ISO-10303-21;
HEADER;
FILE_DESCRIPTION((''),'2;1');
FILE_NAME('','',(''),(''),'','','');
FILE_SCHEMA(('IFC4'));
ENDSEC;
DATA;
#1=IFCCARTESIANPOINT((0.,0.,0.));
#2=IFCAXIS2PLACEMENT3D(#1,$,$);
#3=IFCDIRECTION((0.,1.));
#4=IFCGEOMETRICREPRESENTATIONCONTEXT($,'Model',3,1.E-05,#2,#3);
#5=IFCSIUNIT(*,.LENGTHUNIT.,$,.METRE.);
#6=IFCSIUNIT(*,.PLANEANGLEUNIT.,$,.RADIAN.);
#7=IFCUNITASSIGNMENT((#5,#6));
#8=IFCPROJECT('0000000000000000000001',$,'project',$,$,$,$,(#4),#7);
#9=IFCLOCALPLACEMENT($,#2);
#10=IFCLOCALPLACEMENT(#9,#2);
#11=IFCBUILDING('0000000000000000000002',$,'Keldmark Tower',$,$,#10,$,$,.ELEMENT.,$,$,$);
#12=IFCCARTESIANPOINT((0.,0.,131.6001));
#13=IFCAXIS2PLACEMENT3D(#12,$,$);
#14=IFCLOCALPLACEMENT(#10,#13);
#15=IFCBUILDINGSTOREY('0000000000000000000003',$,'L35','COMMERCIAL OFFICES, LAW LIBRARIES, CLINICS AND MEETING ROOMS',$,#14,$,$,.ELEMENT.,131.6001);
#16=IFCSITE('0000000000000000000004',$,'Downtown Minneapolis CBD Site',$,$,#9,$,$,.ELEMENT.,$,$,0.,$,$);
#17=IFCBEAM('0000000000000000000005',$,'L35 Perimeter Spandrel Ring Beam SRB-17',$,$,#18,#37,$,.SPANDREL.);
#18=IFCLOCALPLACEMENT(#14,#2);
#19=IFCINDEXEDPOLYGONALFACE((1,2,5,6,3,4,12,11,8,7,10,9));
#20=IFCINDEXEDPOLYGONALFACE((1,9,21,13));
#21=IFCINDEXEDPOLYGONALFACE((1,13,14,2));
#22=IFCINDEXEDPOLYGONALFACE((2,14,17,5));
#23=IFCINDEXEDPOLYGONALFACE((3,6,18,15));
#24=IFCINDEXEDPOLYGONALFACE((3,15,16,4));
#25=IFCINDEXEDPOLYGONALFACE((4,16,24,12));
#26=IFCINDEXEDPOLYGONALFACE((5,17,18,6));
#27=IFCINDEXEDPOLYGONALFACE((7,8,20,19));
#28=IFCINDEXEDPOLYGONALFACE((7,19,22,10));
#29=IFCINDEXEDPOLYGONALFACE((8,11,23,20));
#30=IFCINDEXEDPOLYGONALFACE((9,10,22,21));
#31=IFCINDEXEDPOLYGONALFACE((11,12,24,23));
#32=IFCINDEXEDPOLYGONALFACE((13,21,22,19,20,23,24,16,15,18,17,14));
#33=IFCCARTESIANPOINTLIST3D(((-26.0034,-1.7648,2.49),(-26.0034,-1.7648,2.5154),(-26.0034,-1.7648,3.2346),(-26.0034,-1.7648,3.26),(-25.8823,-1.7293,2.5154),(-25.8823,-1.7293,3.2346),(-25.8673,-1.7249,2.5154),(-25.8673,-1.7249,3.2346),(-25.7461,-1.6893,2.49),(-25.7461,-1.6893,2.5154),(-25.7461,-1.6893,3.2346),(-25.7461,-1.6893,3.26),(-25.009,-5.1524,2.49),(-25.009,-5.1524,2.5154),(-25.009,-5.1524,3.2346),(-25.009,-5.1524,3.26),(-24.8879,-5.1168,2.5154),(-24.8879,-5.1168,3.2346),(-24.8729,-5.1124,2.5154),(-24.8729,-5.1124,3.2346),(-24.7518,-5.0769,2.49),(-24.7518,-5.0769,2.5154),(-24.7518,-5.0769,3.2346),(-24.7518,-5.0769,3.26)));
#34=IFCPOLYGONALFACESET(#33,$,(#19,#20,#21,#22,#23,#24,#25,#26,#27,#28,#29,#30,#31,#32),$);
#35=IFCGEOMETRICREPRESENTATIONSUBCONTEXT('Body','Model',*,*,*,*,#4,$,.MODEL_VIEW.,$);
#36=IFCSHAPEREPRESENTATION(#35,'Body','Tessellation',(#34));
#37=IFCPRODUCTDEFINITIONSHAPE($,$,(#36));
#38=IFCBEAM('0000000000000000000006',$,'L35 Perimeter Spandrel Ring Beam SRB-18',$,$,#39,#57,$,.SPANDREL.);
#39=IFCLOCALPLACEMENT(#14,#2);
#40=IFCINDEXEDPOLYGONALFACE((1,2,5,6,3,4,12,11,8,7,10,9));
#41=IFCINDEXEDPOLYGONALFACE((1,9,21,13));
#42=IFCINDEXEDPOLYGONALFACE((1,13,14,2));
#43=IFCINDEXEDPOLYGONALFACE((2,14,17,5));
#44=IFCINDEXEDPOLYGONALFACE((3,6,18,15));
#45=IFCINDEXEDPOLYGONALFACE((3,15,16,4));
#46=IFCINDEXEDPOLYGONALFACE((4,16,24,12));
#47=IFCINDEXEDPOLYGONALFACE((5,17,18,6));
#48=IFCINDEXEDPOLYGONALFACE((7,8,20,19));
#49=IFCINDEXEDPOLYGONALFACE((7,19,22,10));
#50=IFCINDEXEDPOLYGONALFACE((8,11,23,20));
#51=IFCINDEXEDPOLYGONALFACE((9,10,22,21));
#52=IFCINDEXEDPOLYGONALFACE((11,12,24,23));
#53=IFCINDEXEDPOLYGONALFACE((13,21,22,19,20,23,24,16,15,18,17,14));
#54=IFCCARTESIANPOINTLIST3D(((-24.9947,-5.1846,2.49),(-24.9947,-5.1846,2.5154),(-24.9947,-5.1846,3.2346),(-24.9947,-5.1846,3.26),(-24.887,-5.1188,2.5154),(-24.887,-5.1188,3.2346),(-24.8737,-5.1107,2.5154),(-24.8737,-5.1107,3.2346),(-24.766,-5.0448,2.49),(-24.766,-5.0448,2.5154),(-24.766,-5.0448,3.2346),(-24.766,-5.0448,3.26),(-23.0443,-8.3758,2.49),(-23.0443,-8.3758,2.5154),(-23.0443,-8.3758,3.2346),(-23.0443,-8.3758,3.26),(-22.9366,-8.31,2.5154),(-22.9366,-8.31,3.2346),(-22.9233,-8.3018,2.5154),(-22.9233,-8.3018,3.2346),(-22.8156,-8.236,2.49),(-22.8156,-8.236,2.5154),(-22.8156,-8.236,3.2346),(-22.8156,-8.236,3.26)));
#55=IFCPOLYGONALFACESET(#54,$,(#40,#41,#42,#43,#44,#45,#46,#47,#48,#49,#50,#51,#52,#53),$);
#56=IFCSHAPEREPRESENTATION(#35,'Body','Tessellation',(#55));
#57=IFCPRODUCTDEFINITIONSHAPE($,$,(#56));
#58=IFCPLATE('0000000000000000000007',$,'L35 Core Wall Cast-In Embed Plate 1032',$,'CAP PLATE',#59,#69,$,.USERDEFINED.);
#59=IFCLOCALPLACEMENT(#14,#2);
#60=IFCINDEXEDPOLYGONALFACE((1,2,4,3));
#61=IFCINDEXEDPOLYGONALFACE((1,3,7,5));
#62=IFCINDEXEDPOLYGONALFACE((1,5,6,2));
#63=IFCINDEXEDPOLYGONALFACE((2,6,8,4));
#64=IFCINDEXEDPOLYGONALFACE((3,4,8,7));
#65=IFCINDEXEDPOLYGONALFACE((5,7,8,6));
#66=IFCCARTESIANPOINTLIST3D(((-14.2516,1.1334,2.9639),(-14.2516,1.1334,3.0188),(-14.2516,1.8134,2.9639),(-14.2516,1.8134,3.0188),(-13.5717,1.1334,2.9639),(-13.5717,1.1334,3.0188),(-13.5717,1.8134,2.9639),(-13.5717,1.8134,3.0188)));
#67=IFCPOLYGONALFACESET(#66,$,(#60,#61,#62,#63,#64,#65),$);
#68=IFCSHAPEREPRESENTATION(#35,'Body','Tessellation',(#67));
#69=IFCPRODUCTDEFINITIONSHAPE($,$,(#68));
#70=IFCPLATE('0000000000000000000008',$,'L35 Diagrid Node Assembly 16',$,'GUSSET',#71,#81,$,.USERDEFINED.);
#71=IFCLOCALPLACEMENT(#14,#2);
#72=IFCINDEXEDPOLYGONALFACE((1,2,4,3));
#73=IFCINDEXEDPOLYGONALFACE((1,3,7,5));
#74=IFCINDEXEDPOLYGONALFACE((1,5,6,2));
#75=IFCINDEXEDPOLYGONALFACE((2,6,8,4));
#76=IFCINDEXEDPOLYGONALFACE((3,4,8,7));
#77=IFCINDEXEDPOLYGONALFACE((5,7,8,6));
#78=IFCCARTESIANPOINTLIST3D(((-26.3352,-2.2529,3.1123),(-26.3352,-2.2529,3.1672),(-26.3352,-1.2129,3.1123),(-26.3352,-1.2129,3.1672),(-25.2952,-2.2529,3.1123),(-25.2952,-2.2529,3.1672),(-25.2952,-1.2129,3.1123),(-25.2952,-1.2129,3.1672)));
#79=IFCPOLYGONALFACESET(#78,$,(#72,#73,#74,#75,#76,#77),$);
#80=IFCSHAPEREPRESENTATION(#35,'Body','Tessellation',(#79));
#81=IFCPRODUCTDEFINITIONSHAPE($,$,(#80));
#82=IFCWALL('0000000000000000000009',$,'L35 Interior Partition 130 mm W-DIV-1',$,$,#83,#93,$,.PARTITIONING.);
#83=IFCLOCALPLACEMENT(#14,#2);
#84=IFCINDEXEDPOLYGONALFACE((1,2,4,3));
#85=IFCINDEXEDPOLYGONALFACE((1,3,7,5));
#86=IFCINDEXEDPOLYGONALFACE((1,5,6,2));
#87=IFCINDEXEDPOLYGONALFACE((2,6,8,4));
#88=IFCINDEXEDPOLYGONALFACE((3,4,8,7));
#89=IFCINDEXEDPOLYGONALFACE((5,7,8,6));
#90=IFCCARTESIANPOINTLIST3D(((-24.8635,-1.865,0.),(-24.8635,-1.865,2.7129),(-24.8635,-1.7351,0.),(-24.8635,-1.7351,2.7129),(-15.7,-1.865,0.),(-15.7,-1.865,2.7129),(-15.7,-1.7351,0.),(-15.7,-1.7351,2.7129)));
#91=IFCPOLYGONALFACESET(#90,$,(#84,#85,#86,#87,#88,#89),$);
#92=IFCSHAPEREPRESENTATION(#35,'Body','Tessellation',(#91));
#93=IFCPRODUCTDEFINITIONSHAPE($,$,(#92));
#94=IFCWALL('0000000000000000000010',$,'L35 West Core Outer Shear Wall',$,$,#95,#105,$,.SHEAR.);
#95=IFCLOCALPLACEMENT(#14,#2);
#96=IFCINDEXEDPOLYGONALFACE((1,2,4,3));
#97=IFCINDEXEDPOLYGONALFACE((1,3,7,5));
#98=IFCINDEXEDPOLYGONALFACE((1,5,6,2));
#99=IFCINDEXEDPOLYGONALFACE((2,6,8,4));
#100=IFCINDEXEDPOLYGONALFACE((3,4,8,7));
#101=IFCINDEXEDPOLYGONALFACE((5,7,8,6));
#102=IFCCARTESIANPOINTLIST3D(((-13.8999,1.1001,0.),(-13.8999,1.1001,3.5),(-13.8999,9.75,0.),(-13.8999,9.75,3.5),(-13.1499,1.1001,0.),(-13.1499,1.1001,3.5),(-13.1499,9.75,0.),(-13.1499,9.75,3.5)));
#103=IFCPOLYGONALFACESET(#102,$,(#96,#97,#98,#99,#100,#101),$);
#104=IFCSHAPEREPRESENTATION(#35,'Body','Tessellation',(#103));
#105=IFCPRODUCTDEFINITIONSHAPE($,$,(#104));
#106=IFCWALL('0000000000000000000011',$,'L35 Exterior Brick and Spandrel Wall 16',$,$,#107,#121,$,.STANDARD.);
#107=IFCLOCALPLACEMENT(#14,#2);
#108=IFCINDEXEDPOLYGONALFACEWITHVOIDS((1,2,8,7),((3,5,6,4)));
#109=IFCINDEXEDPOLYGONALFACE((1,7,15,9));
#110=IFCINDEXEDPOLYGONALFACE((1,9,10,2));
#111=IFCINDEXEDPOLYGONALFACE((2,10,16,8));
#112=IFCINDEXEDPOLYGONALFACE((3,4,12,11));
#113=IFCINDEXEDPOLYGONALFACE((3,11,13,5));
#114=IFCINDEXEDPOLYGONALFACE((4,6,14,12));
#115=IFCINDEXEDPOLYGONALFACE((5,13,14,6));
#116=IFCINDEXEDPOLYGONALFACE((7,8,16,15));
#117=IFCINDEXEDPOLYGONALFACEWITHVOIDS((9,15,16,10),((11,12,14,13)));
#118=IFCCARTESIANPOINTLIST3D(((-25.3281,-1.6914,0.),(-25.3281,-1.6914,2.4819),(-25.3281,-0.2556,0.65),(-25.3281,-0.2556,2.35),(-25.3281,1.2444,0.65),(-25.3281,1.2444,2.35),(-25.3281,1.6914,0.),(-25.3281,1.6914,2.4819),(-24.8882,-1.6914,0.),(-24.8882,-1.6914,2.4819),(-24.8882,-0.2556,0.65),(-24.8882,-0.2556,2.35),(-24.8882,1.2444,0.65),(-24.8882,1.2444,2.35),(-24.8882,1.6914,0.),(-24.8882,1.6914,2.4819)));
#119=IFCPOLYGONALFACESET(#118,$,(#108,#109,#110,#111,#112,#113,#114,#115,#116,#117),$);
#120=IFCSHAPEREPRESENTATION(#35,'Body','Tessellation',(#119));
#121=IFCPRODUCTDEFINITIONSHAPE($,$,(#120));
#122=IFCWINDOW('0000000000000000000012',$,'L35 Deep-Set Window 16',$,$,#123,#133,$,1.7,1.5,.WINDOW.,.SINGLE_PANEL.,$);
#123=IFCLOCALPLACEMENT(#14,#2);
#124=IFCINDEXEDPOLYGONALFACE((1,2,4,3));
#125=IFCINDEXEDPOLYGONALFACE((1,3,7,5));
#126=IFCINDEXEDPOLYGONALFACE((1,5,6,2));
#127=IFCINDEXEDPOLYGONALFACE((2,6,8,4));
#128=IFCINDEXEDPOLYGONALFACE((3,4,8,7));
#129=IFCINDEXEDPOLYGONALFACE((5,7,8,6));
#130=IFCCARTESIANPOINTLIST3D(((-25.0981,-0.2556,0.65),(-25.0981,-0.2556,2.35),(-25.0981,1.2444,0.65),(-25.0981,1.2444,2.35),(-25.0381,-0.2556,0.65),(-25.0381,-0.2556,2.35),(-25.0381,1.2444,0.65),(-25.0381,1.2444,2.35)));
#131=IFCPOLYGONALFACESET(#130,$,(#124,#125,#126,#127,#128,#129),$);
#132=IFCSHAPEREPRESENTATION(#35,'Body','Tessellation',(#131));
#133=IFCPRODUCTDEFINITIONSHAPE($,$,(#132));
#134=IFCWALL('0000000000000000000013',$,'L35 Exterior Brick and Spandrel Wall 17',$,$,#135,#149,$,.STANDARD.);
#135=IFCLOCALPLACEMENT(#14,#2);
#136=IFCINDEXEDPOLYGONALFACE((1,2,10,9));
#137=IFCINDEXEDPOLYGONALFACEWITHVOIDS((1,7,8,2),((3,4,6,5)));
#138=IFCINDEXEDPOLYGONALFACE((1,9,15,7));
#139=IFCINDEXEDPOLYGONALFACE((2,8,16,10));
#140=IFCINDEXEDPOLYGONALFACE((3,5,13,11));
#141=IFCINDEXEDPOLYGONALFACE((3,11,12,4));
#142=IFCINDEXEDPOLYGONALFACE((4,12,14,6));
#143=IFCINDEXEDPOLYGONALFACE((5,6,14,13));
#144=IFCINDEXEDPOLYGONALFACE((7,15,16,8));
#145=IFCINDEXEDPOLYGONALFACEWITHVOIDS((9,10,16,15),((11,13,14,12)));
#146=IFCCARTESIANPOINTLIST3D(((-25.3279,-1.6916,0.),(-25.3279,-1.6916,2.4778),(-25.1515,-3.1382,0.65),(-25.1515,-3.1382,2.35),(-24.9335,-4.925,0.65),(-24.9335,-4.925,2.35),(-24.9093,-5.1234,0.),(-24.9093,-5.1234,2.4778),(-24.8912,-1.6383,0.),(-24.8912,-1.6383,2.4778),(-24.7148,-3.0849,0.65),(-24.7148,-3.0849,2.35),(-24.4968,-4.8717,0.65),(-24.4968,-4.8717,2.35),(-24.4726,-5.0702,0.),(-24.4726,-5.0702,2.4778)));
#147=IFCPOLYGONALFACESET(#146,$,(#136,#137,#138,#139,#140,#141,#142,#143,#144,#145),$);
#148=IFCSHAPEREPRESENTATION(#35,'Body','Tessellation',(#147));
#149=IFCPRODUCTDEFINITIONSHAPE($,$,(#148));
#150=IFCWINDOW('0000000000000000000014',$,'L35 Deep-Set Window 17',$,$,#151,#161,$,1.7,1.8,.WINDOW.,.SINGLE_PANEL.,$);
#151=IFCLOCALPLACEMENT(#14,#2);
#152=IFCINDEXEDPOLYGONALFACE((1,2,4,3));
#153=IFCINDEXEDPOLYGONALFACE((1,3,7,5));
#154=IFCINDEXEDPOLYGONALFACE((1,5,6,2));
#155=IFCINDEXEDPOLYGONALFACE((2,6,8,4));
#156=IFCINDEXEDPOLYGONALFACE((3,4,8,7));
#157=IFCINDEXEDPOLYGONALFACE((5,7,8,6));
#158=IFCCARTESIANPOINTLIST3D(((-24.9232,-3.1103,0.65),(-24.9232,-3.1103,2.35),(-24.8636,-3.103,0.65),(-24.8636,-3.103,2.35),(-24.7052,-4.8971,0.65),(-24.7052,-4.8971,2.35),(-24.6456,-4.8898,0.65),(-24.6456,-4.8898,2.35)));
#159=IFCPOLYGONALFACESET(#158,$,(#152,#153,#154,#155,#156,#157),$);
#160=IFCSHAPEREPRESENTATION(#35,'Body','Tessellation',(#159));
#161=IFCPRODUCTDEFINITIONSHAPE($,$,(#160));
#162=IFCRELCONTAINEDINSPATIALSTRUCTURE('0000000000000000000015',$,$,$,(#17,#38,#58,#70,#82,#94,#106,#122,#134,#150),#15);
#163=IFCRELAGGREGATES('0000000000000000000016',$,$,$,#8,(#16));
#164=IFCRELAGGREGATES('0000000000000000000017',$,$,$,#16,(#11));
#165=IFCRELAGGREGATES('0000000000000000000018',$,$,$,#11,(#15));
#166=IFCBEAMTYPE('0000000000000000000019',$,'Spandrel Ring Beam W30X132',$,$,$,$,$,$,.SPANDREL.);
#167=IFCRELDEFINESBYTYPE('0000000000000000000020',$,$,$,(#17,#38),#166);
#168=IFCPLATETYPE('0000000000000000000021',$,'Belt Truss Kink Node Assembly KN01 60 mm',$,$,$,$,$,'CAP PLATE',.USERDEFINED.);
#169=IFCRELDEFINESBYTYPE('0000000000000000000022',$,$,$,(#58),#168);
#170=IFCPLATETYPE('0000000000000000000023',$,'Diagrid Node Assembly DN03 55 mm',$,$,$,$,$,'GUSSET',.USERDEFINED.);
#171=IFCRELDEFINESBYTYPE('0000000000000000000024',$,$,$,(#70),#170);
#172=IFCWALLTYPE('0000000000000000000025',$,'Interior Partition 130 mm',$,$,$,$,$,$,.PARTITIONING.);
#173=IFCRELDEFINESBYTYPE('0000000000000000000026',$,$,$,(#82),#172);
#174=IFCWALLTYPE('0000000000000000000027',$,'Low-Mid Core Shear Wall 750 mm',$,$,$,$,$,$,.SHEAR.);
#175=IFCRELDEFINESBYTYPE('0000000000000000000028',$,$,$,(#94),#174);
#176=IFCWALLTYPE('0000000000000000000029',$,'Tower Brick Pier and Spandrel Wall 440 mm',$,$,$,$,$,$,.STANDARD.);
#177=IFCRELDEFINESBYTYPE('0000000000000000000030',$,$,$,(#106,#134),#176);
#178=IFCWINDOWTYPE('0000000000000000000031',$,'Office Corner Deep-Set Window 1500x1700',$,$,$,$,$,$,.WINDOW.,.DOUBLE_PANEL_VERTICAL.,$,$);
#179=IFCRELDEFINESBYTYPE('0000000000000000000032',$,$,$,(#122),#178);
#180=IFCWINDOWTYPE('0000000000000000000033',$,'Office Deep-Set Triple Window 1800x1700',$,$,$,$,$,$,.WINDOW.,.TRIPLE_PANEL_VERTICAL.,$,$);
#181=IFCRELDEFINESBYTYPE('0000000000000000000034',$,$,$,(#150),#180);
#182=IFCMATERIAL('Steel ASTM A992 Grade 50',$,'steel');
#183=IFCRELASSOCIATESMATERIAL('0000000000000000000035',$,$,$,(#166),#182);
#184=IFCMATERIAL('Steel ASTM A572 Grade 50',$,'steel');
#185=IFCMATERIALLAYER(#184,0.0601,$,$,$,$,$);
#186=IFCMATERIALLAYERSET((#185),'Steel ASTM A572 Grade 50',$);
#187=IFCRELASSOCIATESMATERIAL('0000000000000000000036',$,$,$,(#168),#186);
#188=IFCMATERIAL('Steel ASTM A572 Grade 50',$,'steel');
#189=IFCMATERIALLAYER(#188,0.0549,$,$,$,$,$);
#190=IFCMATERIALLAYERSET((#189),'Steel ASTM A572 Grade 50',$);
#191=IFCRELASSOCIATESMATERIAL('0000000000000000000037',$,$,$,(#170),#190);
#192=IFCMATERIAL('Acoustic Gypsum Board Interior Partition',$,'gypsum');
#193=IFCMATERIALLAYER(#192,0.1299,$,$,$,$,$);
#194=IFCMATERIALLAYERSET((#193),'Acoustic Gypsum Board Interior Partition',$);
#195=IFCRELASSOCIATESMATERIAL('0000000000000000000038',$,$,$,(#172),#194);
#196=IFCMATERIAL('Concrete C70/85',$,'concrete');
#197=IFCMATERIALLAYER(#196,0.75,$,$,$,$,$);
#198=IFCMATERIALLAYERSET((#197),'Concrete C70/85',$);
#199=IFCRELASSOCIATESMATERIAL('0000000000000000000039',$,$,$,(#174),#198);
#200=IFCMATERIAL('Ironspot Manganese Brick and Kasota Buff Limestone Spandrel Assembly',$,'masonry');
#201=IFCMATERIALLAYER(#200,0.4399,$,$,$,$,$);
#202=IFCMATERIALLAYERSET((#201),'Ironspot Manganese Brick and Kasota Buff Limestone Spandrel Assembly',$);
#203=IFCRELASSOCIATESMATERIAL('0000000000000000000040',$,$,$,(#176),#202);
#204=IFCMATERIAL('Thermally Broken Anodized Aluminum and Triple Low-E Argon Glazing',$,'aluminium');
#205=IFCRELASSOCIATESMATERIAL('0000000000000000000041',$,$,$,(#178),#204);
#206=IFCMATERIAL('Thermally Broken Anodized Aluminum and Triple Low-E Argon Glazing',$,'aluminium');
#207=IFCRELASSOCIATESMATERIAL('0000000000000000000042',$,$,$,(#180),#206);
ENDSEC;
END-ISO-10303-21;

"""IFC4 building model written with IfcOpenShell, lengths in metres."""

from ifc_helpers import new_model, si_unit, direction, frame, frame_2d, origin, origin_2d, place, context, subcontext, project, spatial, rectangle, i_section, extrude, material, layer, layer_set, material_profile, profile_set, type_object, element, fill, save


model = new_model("IFC4")

# Units and contexts
model_context = context("Model", 3, precision=1e-05, world=origin(), true_north=direction((0.0, 1.0)))
body_context = subcontext(model_context, "Body", "Model", "MODEL_VIEW")
ifc_project = project(units=[si_unit("LENGTHUNIT", "METRE"), si_unit("PLANEANGLEUNIT", "RADIAN")], contexts=[model_context])

# Site, building, storey
site_placement = place(None, origin())
site = spatial("IfcSite", under=ifc_project, at=site_placement, Name="Downtown Minneapolis CBD Site", CompositionType="ELEMENT", RefElevation=0.0)
building_placement = place(site_placement, origin())
building = spatial("IfcBuilding", under=site, at=building_placement, Name="Keldmark Tower", CompositionType="ELEMENT")
storey_placement = place(building_placement, frame((0.0, 0.0, 131.6001)))
storey = spatial("IfcBuildingStorey", under=building, at=storey_placement, Name="L35", Description="COMMERCIAL OFFICES, LAW LIBRARIES, CLINICS AND MEETING ROOMS", CompositionType="ELEMENT", Elevation=131.6001)

# Beams
ifc_material_1 = material(Name="Steel ASTM A992 Grade 50", Category="steel")
ifc_material_profile_1 = material_profile(ifc_material_1, i_section(OverallWidth=0.2681, OverallDepth=0.77, WebThickness=0.0156, FlangeThickness=0.0254, at=origin_2d()), Name="W30X132")
ifc_profile_set_1 = profile_set([ifc_material_profile_1], Name="Steel ASTM A992 Grade 50")
beam_type_1 = type_object("IfcBeamType", Name="Spandrel Ring Beam W30X132", PredefinedType="SPANDREL", material=ifc_profile_set_1)
beam_1_placement = place(storey_placement, frame((-25.8748, -1.7271, 2.875), z_axis=(0.281646, -0.959518, 0.0), x_axis=(0.959518, 0.281646, 0.0)))
element("IfcBeam", 1, at=beam_1_placement, inside=storey, type_object=beam_type_1, Name="L35 Perimeter Spandrel Ring Beam SRB-17", PredefinedType="SPANDREL", context=body_context, shape_type="SweptSolid", body=[
    extrude(i_section(OverallWidth=0.2681, OverallDepth=0.77, WebThickness=0.0156, FlangeThickness=0.0254, at=origin_2d()), origin(), (0.0, 0.0, 1.0), 3.5305),
])
beam_2_placement = place(storey_placement, frame((-24.8804, -5.1147, 2.875), z_axis=(0.521505, -0.853248, 0.0), x_axis=(0.853248, 0.521505, 0.0)))
element("IfcBeam", 2, at=beam_2_placement, inside=storey, type_object=beam_type_1, Name="L35 Perimeter Spandrel Ring Beam SRB-18", PredefinedType="SPANDREL", context=body_context, shape_type="SweptSolid", body=[
    extrude(i_section(OverallWidth=0.2681, OverallDepth=0.77, WebThickness=0.0156, FlangeThickness=0.0254, at=origin_2d()), origin(), (0.0, 0.0, 1.0), 3.74),
])

# Plates
ifc_material_2 = material(Name="Steel ASTM A572 Grade 50", Category="steel")
ifc_layer_1 = layer(ifc_material_2, 0.0601)
ifc_layer_set_1 = layer_set([ifc_layer_1], Name="Steel ASTM A572 Grade 50")
plate_type_1 = type_object("IfcPlateType", Name="Belt Truss Kink Node Assembly KN01 60 mm", ElementType="CAP PLATE", PredefinedType="USERDEFINED", material=ifc_layer_set_1)
plate_1_placement = place(storey_placement, frame((-13.9116, 1.4734, 2.9639), z_axis=(0.0, 0.0, 1.0), x_axis=(1.0, 0.0, 0.0)))
element("IfcPlate", 3, at=plate_1_placement, inside=storey, type_object=plate_type_1, Name="L35 Core Wall Cast-In Embed Plate 1032", ObjectType="CAP PLATE", PredefinedType="USERDEFINED", context=body_context, shape_type="SweptSolid", body=[
    extrude(rectangle(XDim=0.6799, YDim=0.6799, at=origin_2d()), origin(), (0.0, 0.0, 1.0), 0.0549),
])
ifc_material_3 = material(Name="Steel ASTM A572 Grade 50", Category="steel")
ifc_layer_2 = layer(ifc_material_3, 0.0549)
ifc_layer_set_2 = layer_set([ifc_layer_2], Name="Steel ASTM A572 Grade 50")
plate_type_2 = type_object("IfcPlateType", Name="Diagrid Node Assembly DN03 55 mm", ElementType="GUSSET", PredefinedType="USERDEFINED", material=ifc_layer_set_2)
plate_2_placement = place(storey_placement, frame((-25.8152, -1.7329, 3.1123), z_axis=(0.0, 0.0, 1.0), x_axis=(0.0, -1.0, 0.0)))
element("IfcPlate", 4, at=plate_2_placement, inside=storey, type_object=plate_type_2, Name="L35 Diagrid Node Assembly 16", ObjectType="GUSSET", PredefinedType="USERDEFINED", context=body_context, shape_type="SweptSolid", body=[
    extrude(rectangle(XDim=1.04, YDim=1.04, at=origin_2d()), origin(), (0.0, 0.0, 1.0), 0.0549),
])

# Walls
ifc_material_4 = material(Name="Acoustic Gypsum Board Interior Partition", Category="gypsum")
ifc_layer_3 = layer(ifc_material_4, 0.1299)
ifc_layer_set_3 = layer_set([ifc_layer_3], Name="Acoustic Gypsum Board Interior Partition")
wall_type_1 = type_object("IfcWallType", Name="Interior Partition 130 mm", PredefinedType="PARTITIONING", material=ifc_layer_set_3)
wall_1_placement = place(storey_placement, frame((-24.8635, -1.8, 0.0), z_axis=(0.0, 0.0, 1.0), x_axis=(1.0, 0.0, 0.0)))
element("IfcWall", 5, at=wall_1_placement, inside=storey, type_object=wall_type_1, Name="L35 Interior Partition 130 mm W-DIV-1", PredefinedType="PARTITIONING", context=body_context, shape_type="SweptSolid", body=[
    extrude(rectangle(XDim=9.1636, YDim=0.1299, at=frame_2d((4.5818, 0.0))), origin(), (0.0, 0.0, 1.0), 2.7129),
])
ifc_material_5 = material(Name="Concrete C70/85", Category="concrete")
ifc_layer_4 = layer(ifc_material_5, 0.75)
ifc_layer_set_4 = layer_set([ifc_layer_4], Name="Concrete C70/85")
wall_type_2 = type_object("IfcWallType", Name="Low-Mid Core Shear Wall 750 mm", PredefinedType="SHEAR", material=ifc_layer_set_4)
wall_2_placement = place(storey_placement, frame((-13.5249, 1.1001, 0.0), z_axis=(0.0, 0.0, 1.0), x_axis=(0.0, 1.0, 0.0)))
element("IfcWall", 6, at=wall_2_placement, inside=storey, type_object=wall_type_2, Name="L35 West Core Outer Shear Wall", PredefinedType="SHEAR", context=body_context, shape_type="SweptSolid", body=[
    extrude(rectangle(XDim=8.6499, YDim=0.75, at=frame_2d((4.325, 0.0))), origin(), (0.0, 0.0, 1.0), 3.5),
])

# Walls, openings, windows
ifc_material_6 = material(Name="Ironspot Manganese Brick and Kasota Buff Limestone Spandrel Assembly", Category="masonry")
ifc_layer_5 = layer(ifc_material_6, 0.4399)
ifc_layer_set_5 = layer_set([ifc_layer_5], Name="Ironspot Manganese Brick and Kasota Buff Limestone Spandrel Assembly")
wall_type_3 = type_object("IfcWallType", Name="Tower Brick Pier and Spandrel Wall 440 mm", PredefinedType="STANDARD", material=ifc_layer_set_5)
wall_3_placement = place(storey_placement, frame((-25.1082, -1.6914, 0.0), z_axis=(0.0, 0.0, 1.0), x_axis=(0.0, 1.0, 0.0)))
wall_3 = element("IfcWall", 7, at=wall_3_placement, inside=storey, type_object=wall_type_3, Name="L35 Exterior Brick and Spandrel Wall 16", PredefinedType="STANDARD", context=body_context, shape_type="SweptSolid", body=[
    extrude(rectangle(XDim=3.3828, YDim=0.4399, at=frame_2d((1.6914, 0.0))), origin(), (0.0, 0.0, 1.0), 2.4819),
])
opening_1_placement = place(wall_3_placement, frame((1.4358, 0.0, 0.6499)))
opening_1 = element("IfcOpeningElement", 8, at=opening_1_placement, cuts=wall_3, PredefinedType="OPENING", context=body_context, shape_type="SweptSolid", body=[
    extrude(rectangle(XDim=1.5, YDim=1.7, at=frame_2d((0.75, 0.8501))), frame((0.0, 0.23, 0.0), z_axis=(0.0, -1.0, 0.0), x_axis=(1.0, 0.0, 0.0)), (0.0, 0.0, 1.0), 0.46),
])
ifc_material_7 = material(Name="Thermally Broken Anodized Aluminum and Triple Low-E Argon Glazing", Category="aluminium")
window_type_1 = type_object("IfcWindowType", Name="Office Corner Deep-Set Window 1500x1700", PartitioningType="DOUBLE_PANEL_VERTICAL", PredefinedType="WINDOW", material=ifc_material_7)
window_1_placement = place(opening_1_placement, origin())
window_1 = element("IfcWindow", 9, at=window_1_placement, inside=storey, type_object=window_type_1, Name="L35 Deep-Set Window 16", OverallHeight=1.7, OverallWidth=1.5, PartitioningType="SINGLE_PANEL", PredefinedType="WINDOW", context=body_context, shape_type="SweptSolid", body=[
    extrude(rectangle(XDim=1.5, YDim=1.7, at=frame_2d((0.75, 0.8501))), frame((0.0, -0.01, 0.0), z_axis=(0.0, -1.0, 0.0), x_axis=(1.0, 0.0, 0.0)), (0.0, 0.0, 1.0), 0.0601),
])
fill(opening_1, window_1)
wall_4_placement = place(storey_placement, frame((-24.6909, -5.0967, 0.0), z_axis=(0.0, 0.0, 1.0), x_axis=(-0.121105, 0.99264, 0.0)))
wall_4 = element("IfcWall", 10, at=wall_4_placement, inside=storey, type_object=wall_type_3, Name="L35 Exterior Brick and Spandrel Wall 17", PredefinedType="STANDARD", context=body_context, shape_type="SweptSolid", body=[
    extrude(rectangle(XDim=3.4573, YDim=0.4399, at=frame_2d((1.7285, 0.0))), origin(), (0.0, 0.0, 1.0), 2.4778),
])
opening_2_placement = place(wall_4_placement, frame((0.2, 0.0, 0.6499)))
opening_2 = element("IfcOpeningElement", 11, at=opening_2_placement, cuts=wall_4, PredefinedType="OPENING", context=body_context, shape_type="SweptSolid", body=[
    extrude(rectangle(XDim=1.8, YDim=1.7, at=frame_2d((0.8999, 0.8501))), frame((0.0, 0.23, 0.0), z_axis=(0.0, -1.0, 0.0), x_axis=(1.0, 0.0, 0.0)), (0.0, 0.0, 1.0), 0.46),
])
ifc_material_8 = material(Name="Thermally Broken Anodized Aluminum and Triple Low-E Argon Glazing", Category="aluminium")
window_type_2 = type_object("IfcWindowType", Name="Office Deep-Set Triple Window 1800x1700", PartitioningType="TRIPLE_PANEL_VERTICAL", PredefinedType="WINDOW", material=ifc_material_8)
window_2_placement = place(opening_2_placement, origin())
window_2 = element("IfcWindow", 12, at=window_2_placement, inside=storey, type_object=window_type_2, Name="L35 Deep-Set Window 17", OverallHeight=1.7, OverallWidth=1.8, PartitioningType="SINGLE_PANEL", PredefinedType="WINDOW", context=body_context, shape_type="SweptSolid", body=[
    extrude(rectangle(XDim=1.8, YDim=1.7, at=frame_2d((0.8999, 0.8501))), frame((0.0, -0.01, 0.0), z_axis=(0.0, -1.0, 0.0), x_axis=(1.0, 0.0, 0.0)), (0.0, 0.0, 1.0), 0.0601),
])
fill(opening_2, window_2)

save(model, "model.ifc")
